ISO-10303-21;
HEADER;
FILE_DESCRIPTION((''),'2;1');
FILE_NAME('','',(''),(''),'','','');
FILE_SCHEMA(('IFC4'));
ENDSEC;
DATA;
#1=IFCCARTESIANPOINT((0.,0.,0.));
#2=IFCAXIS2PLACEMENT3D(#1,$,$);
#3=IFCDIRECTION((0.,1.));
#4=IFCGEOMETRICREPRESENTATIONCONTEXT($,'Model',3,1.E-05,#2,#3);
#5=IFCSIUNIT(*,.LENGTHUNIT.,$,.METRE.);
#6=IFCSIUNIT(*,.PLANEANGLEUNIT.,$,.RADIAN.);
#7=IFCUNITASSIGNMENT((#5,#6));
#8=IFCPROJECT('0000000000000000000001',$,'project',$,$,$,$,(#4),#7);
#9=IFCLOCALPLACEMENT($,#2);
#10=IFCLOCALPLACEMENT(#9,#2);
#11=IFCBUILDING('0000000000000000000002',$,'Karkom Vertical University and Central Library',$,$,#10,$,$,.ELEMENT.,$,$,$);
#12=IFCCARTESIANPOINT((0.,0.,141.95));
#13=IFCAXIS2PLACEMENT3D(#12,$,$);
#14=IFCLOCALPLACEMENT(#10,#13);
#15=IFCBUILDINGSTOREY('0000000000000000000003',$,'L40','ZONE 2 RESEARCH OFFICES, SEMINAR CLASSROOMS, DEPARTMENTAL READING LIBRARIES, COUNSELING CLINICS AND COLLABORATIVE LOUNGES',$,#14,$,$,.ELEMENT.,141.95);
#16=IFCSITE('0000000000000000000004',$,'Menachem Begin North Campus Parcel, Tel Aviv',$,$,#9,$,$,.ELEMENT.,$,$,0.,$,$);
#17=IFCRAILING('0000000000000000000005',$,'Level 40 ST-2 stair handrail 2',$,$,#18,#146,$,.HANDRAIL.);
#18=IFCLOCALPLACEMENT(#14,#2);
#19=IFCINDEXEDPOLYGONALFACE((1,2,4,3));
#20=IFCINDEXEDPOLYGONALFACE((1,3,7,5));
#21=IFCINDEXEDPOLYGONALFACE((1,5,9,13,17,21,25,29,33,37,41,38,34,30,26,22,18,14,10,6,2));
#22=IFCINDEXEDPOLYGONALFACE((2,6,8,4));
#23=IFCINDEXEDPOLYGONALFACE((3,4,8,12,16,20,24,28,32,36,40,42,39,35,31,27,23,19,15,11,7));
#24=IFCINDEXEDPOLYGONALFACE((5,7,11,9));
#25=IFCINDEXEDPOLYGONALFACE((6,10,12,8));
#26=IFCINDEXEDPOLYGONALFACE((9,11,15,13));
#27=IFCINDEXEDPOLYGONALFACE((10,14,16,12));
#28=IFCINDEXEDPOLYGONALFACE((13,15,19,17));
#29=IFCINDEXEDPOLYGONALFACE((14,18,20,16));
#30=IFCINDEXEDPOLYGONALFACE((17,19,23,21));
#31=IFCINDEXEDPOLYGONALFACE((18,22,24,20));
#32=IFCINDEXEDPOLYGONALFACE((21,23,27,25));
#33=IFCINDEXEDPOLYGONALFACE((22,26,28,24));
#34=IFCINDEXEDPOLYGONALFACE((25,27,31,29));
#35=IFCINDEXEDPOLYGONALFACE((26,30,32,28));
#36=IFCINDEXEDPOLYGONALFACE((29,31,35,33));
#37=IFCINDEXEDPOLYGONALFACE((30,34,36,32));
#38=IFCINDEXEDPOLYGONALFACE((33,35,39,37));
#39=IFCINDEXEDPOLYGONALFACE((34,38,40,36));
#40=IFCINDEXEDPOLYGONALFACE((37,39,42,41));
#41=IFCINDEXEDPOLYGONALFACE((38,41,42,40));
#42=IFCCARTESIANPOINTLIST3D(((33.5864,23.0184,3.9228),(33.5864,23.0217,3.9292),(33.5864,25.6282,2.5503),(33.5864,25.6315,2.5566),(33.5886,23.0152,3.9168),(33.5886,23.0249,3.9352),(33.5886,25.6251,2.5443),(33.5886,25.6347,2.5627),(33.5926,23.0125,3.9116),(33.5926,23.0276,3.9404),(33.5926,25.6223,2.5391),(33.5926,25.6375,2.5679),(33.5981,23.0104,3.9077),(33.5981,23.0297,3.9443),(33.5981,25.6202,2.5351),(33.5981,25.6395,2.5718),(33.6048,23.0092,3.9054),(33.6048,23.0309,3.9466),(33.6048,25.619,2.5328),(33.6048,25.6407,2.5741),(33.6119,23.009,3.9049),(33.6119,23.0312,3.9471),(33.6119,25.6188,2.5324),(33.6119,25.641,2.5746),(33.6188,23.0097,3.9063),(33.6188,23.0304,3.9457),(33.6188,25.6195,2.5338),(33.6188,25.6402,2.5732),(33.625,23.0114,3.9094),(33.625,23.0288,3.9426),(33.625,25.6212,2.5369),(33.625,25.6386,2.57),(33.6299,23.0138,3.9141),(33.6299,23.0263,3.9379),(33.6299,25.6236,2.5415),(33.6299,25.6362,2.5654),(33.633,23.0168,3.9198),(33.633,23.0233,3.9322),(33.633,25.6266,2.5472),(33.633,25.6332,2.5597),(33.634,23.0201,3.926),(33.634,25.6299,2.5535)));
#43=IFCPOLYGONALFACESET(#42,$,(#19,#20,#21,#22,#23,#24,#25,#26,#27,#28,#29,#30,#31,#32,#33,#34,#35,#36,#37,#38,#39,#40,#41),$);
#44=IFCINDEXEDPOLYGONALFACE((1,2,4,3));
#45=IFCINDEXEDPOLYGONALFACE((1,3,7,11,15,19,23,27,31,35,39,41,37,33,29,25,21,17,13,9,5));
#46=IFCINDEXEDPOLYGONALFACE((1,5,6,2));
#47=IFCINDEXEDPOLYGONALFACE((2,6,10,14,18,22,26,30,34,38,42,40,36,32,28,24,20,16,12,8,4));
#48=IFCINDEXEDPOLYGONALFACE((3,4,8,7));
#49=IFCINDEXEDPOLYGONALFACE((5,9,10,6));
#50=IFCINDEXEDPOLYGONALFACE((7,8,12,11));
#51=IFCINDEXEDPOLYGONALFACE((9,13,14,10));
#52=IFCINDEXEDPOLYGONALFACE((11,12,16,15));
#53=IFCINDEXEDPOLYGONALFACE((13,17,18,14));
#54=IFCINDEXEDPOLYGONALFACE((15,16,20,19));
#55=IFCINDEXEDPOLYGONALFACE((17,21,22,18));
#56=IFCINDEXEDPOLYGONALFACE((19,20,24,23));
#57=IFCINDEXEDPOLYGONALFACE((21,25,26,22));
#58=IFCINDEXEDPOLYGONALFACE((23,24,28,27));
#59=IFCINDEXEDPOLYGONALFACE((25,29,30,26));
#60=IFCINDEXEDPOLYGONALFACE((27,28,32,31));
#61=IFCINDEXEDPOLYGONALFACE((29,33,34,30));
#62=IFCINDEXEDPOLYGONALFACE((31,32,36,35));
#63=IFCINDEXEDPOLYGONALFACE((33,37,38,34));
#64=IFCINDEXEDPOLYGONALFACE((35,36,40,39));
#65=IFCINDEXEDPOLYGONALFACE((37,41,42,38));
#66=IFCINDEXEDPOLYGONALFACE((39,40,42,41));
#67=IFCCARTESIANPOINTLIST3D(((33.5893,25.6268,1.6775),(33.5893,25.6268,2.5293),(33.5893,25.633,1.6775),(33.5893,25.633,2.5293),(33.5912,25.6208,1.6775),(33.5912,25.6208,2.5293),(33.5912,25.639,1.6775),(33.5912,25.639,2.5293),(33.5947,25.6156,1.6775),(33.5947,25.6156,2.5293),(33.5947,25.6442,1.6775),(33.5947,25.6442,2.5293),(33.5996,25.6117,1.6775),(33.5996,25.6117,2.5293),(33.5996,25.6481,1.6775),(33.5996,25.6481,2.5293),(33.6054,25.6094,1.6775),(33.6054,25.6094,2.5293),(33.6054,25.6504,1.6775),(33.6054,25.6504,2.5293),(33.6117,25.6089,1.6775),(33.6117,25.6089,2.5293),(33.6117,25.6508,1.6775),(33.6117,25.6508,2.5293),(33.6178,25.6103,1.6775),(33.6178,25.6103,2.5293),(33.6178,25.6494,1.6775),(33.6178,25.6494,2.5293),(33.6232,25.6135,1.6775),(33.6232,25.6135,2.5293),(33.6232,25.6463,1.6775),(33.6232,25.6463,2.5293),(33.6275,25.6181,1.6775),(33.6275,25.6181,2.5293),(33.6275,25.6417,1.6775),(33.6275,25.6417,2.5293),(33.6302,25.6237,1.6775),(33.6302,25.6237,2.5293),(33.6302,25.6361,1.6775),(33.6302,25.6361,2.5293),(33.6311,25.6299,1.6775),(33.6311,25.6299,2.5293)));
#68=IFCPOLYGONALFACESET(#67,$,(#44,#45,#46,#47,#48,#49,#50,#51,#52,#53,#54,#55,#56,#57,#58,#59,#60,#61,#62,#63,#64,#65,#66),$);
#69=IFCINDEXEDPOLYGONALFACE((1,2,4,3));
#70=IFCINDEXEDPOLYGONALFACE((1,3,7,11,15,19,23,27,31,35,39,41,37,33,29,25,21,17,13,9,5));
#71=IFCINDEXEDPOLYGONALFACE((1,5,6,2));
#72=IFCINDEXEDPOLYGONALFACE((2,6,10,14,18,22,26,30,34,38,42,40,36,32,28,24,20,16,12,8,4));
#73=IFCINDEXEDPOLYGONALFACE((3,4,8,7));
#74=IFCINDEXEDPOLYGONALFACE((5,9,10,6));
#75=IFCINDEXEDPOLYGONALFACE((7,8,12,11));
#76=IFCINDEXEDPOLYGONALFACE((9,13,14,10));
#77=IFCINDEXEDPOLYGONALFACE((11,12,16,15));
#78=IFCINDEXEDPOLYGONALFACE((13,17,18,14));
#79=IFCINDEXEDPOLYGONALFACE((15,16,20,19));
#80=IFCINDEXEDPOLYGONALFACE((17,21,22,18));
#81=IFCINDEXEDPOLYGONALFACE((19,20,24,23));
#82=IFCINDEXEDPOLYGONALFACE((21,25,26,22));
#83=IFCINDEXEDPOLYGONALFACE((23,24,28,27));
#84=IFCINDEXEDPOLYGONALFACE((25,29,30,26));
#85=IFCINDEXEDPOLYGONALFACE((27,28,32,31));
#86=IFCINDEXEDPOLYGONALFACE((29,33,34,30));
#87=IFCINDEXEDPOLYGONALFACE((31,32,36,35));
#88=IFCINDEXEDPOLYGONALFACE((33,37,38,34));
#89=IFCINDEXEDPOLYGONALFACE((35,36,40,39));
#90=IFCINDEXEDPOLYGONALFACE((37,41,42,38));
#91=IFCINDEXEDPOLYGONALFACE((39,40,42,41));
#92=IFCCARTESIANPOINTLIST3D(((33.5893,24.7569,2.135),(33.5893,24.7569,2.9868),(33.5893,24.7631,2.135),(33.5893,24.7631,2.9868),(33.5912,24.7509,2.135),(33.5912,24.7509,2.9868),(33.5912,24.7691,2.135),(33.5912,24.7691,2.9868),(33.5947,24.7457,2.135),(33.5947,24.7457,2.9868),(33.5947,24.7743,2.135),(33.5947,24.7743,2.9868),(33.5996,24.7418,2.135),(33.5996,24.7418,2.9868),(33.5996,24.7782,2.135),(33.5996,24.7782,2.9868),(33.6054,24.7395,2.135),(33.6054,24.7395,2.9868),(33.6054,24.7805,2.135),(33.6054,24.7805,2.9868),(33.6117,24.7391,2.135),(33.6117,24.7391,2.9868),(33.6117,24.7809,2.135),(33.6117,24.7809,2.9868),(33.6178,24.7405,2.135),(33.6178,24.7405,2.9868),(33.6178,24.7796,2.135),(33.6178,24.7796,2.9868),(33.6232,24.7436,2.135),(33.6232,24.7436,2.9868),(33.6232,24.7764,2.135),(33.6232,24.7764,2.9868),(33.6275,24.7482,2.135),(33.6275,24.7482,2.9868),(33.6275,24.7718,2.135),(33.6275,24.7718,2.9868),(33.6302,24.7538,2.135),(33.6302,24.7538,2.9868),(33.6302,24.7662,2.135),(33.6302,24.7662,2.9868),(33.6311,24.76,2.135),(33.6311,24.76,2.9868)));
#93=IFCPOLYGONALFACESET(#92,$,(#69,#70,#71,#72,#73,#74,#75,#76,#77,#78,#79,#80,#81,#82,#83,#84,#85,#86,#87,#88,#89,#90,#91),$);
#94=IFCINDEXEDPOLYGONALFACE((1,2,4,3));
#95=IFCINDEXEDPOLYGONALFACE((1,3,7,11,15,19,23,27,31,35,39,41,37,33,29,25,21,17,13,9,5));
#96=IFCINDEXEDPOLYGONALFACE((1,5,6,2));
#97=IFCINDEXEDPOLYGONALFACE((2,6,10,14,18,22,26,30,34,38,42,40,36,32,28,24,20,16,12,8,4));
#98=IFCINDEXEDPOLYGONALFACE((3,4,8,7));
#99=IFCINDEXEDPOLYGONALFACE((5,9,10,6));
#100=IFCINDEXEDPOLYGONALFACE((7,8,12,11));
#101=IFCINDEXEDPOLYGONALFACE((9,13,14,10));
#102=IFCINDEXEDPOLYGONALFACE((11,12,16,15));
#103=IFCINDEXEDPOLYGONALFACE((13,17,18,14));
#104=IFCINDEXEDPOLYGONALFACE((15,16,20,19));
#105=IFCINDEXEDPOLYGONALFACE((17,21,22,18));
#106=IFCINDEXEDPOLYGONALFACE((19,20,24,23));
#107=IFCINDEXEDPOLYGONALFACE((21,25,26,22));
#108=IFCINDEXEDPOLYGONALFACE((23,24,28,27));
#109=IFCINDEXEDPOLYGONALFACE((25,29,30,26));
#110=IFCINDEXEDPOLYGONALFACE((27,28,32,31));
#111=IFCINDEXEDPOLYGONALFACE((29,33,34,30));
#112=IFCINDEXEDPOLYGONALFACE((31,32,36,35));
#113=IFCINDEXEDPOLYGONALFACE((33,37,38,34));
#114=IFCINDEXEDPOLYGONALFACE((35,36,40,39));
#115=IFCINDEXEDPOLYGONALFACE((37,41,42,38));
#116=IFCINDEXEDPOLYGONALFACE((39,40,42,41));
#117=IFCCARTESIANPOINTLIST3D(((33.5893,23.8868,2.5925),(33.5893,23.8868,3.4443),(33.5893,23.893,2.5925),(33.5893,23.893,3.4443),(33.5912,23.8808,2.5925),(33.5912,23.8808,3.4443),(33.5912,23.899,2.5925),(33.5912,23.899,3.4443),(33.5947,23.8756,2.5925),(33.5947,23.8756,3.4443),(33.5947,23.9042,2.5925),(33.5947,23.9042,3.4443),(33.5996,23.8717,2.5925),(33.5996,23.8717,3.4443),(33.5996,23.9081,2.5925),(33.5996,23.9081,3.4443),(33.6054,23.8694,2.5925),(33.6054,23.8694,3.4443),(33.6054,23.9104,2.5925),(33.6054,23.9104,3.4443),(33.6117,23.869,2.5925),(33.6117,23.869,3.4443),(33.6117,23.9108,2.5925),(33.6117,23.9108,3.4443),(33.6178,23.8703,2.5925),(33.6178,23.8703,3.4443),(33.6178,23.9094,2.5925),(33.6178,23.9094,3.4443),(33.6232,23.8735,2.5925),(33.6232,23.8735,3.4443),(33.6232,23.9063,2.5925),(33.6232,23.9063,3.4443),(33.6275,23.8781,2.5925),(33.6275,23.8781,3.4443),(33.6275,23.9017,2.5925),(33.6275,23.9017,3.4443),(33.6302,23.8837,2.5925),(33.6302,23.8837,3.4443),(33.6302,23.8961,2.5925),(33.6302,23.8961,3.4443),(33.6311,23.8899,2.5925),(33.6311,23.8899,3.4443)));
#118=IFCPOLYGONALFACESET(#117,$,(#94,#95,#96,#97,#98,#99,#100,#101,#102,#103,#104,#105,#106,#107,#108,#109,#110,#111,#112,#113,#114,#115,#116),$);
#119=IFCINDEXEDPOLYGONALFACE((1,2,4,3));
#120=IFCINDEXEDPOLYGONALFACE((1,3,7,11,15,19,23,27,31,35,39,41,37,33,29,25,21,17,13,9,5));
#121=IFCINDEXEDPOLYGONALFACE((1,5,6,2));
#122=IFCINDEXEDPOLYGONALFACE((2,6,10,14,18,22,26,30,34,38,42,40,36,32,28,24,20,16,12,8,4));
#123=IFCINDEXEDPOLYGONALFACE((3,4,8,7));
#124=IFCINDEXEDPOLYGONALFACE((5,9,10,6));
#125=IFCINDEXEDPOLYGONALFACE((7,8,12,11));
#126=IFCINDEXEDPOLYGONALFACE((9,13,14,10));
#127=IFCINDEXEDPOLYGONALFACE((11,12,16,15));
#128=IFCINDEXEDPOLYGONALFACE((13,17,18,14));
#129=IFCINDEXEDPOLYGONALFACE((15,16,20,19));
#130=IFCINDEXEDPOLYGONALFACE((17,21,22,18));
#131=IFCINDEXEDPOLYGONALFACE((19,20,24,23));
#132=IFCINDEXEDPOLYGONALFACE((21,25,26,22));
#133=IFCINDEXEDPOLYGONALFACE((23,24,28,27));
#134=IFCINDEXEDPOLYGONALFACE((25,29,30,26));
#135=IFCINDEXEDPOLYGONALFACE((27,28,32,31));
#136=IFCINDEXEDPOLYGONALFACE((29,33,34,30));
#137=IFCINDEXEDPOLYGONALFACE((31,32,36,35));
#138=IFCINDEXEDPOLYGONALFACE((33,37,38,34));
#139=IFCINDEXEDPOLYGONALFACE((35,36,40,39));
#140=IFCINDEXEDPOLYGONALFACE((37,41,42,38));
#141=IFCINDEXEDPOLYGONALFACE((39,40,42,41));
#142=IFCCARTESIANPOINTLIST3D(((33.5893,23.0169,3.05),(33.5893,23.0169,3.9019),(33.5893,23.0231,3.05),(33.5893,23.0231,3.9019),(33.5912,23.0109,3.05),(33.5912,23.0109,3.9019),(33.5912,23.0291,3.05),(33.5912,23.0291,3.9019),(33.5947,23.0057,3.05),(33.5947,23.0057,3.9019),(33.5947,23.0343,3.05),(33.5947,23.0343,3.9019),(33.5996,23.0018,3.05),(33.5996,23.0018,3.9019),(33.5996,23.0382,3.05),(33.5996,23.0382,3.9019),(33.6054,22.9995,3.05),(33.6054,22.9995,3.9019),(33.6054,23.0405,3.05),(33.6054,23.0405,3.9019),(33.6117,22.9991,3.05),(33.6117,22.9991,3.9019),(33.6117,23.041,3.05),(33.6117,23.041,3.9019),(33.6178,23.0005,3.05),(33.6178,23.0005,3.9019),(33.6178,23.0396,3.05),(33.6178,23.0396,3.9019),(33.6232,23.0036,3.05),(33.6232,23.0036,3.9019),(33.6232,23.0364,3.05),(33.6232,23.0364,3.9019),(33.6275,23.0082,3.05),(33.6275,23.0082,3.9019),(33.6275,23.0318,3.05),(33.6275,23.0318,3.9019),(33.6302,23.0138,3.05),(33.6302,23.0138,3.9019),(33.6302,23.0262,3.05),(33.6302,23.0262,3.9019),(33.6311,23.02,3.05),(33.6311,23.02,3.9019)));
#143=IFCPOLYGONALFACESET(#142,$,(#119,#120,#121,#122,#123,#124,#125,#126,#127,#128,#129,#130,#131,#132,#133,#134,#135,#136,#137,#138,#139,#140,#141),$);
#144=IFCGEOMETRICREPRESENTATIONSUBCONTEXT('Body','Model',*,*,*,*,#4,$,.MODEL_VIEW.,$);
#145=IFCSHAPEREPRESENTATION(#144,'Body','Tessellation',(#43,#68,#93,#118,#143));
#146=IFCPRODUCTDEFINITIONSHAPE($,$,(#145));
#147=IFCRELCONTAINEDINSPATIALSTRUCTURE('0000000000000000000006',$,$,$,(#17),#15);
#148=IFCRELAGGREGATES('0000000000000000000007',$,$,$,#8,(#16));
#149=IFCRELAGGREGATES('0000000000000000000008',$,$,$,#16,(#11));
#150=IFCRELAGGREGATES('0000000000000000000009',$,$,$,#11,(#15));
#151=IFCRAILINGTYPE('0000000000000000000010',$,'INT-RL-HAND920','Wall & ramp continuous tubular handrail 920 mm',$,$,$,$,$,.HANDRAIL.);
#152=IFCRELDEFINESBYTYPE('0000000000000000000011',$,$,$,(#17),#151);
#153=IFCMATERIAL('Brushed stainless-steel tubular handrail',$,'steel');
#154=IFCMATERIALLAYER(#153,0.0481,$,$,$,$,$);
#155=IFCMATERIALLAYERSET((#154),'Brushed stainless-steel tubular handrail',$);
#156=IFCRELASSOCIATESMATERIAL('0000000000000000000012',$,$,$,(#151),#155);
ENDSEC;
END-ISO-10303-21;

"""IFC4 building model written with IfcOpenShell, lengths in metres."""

from ifc_helpers import new_model, si_unit, direction, frame, origin, origin_2d, place, context, subcontext, project, spatial, circle, extrude, material, layer, layer_set, type_object, element, save


model = new_model("IFC4")

# Units and contexts
model_context = context("Model", 3, precision=1e-05, world=origin(), true_north=direction((0.0, 1.0)))
body_context = subcontext(model_context, "Body", "Model", "MODEL_VIEW")
ifc_project = project(units=[si_unit("LENGTHUNIT", "METRE"), si_unit("PLANEANGLEUNIT", "RADIAN")], contexts=[model_context])

# Site, building, storey
site_placement = place(None, origin())
site = spatial("IfcSite", under=ifc_project, at=site_placement, Name="Menachem Begin North Campus Parcel, Tel Aviv", CompositionType="ELEMENT", RefElevation=0.0)
building_placement = place(site_placement, origin())
building = spatial("IfcBuilding", under=site, at=building_placement, Name="Karkom Vertical University and Central Library", CompositionType="ELEMENT")
storey_placement = place(building_placement, frame((0.0, 0.0, 141.95)))
storey = spatial("IfcBuildingStorey", under=building, at=storey_placement, Name="L40", Description="ZONE 2 RESEARCH OFFICES, SEMINAR CLASSROOMS, DEPARTMENTAL READING LIBRARIES, COUNSELING CLINICS AND COLLABORATIVE LOUNGES", CompositionType="ELEMENT", Elevation=141.95)

# Railing
ifc_material_1 = material(Name="Brushed stainless-steel tubular handrail", Category="steel")
ifc_layer_1 = layer(ifc_material_1, 0.0481)
ifc_layer_set_1 = layer_set([ifc_layer_1], Name="Brushed stainless-steel tubular handrail")
railing_type_1 = type_object("IfcRailingType", Name="INT-RL-HAND920", Description="Wall & ramp continuous tubular handrail 920 mm", PredefinedType="HANDRAIL", material=ifc_layer_set_1)
railing_1_placement = place(storey_placement, frame((33.6101, 25.6299, 1.6775)))
element("IfcRailing", 1, at=railing_1_placement, inside=storey, type_object=railing_type_1, Name="Level 40 ST-2 stair handrail 2", PredefinedType="HANDRAIL", context=body_context, shape_type="SweptSolid", body=[
    extrude(circle(Radius=0.0239, at=origin_2d()), frame((0.0, 0.0, 0.876), z_axis=(0.0, -0.885065, 0.465467), x_axis=(1.0, 0.0, 0.0)), (0.0, 0.0, 1.0), 2.9487),
    extrude(circle(Radius=0.021, at=origin_2d()), origin(), (0.0, 0.0, 1.0), 0.8518),
    extrude(circle(Radius=0.021, at=origin_2d()), frame((0.0, -0.8699, 0.4575)), (0.0, 0.0, 1.0), 0.8518),
    extrude(circle(Radius=0.021, at=origin_2d()), frame((0.0, -1.74, 0.915)), (0.0, 0.0, 1.0), 0.8518),
    extrude(circle(Radius=0.021, at=origin_2d()), frame((0.0, -2.6099, 1.3726)), (0.0, 0.0, 1.0), 0.8518),
])

save(model, "model.ifc")
